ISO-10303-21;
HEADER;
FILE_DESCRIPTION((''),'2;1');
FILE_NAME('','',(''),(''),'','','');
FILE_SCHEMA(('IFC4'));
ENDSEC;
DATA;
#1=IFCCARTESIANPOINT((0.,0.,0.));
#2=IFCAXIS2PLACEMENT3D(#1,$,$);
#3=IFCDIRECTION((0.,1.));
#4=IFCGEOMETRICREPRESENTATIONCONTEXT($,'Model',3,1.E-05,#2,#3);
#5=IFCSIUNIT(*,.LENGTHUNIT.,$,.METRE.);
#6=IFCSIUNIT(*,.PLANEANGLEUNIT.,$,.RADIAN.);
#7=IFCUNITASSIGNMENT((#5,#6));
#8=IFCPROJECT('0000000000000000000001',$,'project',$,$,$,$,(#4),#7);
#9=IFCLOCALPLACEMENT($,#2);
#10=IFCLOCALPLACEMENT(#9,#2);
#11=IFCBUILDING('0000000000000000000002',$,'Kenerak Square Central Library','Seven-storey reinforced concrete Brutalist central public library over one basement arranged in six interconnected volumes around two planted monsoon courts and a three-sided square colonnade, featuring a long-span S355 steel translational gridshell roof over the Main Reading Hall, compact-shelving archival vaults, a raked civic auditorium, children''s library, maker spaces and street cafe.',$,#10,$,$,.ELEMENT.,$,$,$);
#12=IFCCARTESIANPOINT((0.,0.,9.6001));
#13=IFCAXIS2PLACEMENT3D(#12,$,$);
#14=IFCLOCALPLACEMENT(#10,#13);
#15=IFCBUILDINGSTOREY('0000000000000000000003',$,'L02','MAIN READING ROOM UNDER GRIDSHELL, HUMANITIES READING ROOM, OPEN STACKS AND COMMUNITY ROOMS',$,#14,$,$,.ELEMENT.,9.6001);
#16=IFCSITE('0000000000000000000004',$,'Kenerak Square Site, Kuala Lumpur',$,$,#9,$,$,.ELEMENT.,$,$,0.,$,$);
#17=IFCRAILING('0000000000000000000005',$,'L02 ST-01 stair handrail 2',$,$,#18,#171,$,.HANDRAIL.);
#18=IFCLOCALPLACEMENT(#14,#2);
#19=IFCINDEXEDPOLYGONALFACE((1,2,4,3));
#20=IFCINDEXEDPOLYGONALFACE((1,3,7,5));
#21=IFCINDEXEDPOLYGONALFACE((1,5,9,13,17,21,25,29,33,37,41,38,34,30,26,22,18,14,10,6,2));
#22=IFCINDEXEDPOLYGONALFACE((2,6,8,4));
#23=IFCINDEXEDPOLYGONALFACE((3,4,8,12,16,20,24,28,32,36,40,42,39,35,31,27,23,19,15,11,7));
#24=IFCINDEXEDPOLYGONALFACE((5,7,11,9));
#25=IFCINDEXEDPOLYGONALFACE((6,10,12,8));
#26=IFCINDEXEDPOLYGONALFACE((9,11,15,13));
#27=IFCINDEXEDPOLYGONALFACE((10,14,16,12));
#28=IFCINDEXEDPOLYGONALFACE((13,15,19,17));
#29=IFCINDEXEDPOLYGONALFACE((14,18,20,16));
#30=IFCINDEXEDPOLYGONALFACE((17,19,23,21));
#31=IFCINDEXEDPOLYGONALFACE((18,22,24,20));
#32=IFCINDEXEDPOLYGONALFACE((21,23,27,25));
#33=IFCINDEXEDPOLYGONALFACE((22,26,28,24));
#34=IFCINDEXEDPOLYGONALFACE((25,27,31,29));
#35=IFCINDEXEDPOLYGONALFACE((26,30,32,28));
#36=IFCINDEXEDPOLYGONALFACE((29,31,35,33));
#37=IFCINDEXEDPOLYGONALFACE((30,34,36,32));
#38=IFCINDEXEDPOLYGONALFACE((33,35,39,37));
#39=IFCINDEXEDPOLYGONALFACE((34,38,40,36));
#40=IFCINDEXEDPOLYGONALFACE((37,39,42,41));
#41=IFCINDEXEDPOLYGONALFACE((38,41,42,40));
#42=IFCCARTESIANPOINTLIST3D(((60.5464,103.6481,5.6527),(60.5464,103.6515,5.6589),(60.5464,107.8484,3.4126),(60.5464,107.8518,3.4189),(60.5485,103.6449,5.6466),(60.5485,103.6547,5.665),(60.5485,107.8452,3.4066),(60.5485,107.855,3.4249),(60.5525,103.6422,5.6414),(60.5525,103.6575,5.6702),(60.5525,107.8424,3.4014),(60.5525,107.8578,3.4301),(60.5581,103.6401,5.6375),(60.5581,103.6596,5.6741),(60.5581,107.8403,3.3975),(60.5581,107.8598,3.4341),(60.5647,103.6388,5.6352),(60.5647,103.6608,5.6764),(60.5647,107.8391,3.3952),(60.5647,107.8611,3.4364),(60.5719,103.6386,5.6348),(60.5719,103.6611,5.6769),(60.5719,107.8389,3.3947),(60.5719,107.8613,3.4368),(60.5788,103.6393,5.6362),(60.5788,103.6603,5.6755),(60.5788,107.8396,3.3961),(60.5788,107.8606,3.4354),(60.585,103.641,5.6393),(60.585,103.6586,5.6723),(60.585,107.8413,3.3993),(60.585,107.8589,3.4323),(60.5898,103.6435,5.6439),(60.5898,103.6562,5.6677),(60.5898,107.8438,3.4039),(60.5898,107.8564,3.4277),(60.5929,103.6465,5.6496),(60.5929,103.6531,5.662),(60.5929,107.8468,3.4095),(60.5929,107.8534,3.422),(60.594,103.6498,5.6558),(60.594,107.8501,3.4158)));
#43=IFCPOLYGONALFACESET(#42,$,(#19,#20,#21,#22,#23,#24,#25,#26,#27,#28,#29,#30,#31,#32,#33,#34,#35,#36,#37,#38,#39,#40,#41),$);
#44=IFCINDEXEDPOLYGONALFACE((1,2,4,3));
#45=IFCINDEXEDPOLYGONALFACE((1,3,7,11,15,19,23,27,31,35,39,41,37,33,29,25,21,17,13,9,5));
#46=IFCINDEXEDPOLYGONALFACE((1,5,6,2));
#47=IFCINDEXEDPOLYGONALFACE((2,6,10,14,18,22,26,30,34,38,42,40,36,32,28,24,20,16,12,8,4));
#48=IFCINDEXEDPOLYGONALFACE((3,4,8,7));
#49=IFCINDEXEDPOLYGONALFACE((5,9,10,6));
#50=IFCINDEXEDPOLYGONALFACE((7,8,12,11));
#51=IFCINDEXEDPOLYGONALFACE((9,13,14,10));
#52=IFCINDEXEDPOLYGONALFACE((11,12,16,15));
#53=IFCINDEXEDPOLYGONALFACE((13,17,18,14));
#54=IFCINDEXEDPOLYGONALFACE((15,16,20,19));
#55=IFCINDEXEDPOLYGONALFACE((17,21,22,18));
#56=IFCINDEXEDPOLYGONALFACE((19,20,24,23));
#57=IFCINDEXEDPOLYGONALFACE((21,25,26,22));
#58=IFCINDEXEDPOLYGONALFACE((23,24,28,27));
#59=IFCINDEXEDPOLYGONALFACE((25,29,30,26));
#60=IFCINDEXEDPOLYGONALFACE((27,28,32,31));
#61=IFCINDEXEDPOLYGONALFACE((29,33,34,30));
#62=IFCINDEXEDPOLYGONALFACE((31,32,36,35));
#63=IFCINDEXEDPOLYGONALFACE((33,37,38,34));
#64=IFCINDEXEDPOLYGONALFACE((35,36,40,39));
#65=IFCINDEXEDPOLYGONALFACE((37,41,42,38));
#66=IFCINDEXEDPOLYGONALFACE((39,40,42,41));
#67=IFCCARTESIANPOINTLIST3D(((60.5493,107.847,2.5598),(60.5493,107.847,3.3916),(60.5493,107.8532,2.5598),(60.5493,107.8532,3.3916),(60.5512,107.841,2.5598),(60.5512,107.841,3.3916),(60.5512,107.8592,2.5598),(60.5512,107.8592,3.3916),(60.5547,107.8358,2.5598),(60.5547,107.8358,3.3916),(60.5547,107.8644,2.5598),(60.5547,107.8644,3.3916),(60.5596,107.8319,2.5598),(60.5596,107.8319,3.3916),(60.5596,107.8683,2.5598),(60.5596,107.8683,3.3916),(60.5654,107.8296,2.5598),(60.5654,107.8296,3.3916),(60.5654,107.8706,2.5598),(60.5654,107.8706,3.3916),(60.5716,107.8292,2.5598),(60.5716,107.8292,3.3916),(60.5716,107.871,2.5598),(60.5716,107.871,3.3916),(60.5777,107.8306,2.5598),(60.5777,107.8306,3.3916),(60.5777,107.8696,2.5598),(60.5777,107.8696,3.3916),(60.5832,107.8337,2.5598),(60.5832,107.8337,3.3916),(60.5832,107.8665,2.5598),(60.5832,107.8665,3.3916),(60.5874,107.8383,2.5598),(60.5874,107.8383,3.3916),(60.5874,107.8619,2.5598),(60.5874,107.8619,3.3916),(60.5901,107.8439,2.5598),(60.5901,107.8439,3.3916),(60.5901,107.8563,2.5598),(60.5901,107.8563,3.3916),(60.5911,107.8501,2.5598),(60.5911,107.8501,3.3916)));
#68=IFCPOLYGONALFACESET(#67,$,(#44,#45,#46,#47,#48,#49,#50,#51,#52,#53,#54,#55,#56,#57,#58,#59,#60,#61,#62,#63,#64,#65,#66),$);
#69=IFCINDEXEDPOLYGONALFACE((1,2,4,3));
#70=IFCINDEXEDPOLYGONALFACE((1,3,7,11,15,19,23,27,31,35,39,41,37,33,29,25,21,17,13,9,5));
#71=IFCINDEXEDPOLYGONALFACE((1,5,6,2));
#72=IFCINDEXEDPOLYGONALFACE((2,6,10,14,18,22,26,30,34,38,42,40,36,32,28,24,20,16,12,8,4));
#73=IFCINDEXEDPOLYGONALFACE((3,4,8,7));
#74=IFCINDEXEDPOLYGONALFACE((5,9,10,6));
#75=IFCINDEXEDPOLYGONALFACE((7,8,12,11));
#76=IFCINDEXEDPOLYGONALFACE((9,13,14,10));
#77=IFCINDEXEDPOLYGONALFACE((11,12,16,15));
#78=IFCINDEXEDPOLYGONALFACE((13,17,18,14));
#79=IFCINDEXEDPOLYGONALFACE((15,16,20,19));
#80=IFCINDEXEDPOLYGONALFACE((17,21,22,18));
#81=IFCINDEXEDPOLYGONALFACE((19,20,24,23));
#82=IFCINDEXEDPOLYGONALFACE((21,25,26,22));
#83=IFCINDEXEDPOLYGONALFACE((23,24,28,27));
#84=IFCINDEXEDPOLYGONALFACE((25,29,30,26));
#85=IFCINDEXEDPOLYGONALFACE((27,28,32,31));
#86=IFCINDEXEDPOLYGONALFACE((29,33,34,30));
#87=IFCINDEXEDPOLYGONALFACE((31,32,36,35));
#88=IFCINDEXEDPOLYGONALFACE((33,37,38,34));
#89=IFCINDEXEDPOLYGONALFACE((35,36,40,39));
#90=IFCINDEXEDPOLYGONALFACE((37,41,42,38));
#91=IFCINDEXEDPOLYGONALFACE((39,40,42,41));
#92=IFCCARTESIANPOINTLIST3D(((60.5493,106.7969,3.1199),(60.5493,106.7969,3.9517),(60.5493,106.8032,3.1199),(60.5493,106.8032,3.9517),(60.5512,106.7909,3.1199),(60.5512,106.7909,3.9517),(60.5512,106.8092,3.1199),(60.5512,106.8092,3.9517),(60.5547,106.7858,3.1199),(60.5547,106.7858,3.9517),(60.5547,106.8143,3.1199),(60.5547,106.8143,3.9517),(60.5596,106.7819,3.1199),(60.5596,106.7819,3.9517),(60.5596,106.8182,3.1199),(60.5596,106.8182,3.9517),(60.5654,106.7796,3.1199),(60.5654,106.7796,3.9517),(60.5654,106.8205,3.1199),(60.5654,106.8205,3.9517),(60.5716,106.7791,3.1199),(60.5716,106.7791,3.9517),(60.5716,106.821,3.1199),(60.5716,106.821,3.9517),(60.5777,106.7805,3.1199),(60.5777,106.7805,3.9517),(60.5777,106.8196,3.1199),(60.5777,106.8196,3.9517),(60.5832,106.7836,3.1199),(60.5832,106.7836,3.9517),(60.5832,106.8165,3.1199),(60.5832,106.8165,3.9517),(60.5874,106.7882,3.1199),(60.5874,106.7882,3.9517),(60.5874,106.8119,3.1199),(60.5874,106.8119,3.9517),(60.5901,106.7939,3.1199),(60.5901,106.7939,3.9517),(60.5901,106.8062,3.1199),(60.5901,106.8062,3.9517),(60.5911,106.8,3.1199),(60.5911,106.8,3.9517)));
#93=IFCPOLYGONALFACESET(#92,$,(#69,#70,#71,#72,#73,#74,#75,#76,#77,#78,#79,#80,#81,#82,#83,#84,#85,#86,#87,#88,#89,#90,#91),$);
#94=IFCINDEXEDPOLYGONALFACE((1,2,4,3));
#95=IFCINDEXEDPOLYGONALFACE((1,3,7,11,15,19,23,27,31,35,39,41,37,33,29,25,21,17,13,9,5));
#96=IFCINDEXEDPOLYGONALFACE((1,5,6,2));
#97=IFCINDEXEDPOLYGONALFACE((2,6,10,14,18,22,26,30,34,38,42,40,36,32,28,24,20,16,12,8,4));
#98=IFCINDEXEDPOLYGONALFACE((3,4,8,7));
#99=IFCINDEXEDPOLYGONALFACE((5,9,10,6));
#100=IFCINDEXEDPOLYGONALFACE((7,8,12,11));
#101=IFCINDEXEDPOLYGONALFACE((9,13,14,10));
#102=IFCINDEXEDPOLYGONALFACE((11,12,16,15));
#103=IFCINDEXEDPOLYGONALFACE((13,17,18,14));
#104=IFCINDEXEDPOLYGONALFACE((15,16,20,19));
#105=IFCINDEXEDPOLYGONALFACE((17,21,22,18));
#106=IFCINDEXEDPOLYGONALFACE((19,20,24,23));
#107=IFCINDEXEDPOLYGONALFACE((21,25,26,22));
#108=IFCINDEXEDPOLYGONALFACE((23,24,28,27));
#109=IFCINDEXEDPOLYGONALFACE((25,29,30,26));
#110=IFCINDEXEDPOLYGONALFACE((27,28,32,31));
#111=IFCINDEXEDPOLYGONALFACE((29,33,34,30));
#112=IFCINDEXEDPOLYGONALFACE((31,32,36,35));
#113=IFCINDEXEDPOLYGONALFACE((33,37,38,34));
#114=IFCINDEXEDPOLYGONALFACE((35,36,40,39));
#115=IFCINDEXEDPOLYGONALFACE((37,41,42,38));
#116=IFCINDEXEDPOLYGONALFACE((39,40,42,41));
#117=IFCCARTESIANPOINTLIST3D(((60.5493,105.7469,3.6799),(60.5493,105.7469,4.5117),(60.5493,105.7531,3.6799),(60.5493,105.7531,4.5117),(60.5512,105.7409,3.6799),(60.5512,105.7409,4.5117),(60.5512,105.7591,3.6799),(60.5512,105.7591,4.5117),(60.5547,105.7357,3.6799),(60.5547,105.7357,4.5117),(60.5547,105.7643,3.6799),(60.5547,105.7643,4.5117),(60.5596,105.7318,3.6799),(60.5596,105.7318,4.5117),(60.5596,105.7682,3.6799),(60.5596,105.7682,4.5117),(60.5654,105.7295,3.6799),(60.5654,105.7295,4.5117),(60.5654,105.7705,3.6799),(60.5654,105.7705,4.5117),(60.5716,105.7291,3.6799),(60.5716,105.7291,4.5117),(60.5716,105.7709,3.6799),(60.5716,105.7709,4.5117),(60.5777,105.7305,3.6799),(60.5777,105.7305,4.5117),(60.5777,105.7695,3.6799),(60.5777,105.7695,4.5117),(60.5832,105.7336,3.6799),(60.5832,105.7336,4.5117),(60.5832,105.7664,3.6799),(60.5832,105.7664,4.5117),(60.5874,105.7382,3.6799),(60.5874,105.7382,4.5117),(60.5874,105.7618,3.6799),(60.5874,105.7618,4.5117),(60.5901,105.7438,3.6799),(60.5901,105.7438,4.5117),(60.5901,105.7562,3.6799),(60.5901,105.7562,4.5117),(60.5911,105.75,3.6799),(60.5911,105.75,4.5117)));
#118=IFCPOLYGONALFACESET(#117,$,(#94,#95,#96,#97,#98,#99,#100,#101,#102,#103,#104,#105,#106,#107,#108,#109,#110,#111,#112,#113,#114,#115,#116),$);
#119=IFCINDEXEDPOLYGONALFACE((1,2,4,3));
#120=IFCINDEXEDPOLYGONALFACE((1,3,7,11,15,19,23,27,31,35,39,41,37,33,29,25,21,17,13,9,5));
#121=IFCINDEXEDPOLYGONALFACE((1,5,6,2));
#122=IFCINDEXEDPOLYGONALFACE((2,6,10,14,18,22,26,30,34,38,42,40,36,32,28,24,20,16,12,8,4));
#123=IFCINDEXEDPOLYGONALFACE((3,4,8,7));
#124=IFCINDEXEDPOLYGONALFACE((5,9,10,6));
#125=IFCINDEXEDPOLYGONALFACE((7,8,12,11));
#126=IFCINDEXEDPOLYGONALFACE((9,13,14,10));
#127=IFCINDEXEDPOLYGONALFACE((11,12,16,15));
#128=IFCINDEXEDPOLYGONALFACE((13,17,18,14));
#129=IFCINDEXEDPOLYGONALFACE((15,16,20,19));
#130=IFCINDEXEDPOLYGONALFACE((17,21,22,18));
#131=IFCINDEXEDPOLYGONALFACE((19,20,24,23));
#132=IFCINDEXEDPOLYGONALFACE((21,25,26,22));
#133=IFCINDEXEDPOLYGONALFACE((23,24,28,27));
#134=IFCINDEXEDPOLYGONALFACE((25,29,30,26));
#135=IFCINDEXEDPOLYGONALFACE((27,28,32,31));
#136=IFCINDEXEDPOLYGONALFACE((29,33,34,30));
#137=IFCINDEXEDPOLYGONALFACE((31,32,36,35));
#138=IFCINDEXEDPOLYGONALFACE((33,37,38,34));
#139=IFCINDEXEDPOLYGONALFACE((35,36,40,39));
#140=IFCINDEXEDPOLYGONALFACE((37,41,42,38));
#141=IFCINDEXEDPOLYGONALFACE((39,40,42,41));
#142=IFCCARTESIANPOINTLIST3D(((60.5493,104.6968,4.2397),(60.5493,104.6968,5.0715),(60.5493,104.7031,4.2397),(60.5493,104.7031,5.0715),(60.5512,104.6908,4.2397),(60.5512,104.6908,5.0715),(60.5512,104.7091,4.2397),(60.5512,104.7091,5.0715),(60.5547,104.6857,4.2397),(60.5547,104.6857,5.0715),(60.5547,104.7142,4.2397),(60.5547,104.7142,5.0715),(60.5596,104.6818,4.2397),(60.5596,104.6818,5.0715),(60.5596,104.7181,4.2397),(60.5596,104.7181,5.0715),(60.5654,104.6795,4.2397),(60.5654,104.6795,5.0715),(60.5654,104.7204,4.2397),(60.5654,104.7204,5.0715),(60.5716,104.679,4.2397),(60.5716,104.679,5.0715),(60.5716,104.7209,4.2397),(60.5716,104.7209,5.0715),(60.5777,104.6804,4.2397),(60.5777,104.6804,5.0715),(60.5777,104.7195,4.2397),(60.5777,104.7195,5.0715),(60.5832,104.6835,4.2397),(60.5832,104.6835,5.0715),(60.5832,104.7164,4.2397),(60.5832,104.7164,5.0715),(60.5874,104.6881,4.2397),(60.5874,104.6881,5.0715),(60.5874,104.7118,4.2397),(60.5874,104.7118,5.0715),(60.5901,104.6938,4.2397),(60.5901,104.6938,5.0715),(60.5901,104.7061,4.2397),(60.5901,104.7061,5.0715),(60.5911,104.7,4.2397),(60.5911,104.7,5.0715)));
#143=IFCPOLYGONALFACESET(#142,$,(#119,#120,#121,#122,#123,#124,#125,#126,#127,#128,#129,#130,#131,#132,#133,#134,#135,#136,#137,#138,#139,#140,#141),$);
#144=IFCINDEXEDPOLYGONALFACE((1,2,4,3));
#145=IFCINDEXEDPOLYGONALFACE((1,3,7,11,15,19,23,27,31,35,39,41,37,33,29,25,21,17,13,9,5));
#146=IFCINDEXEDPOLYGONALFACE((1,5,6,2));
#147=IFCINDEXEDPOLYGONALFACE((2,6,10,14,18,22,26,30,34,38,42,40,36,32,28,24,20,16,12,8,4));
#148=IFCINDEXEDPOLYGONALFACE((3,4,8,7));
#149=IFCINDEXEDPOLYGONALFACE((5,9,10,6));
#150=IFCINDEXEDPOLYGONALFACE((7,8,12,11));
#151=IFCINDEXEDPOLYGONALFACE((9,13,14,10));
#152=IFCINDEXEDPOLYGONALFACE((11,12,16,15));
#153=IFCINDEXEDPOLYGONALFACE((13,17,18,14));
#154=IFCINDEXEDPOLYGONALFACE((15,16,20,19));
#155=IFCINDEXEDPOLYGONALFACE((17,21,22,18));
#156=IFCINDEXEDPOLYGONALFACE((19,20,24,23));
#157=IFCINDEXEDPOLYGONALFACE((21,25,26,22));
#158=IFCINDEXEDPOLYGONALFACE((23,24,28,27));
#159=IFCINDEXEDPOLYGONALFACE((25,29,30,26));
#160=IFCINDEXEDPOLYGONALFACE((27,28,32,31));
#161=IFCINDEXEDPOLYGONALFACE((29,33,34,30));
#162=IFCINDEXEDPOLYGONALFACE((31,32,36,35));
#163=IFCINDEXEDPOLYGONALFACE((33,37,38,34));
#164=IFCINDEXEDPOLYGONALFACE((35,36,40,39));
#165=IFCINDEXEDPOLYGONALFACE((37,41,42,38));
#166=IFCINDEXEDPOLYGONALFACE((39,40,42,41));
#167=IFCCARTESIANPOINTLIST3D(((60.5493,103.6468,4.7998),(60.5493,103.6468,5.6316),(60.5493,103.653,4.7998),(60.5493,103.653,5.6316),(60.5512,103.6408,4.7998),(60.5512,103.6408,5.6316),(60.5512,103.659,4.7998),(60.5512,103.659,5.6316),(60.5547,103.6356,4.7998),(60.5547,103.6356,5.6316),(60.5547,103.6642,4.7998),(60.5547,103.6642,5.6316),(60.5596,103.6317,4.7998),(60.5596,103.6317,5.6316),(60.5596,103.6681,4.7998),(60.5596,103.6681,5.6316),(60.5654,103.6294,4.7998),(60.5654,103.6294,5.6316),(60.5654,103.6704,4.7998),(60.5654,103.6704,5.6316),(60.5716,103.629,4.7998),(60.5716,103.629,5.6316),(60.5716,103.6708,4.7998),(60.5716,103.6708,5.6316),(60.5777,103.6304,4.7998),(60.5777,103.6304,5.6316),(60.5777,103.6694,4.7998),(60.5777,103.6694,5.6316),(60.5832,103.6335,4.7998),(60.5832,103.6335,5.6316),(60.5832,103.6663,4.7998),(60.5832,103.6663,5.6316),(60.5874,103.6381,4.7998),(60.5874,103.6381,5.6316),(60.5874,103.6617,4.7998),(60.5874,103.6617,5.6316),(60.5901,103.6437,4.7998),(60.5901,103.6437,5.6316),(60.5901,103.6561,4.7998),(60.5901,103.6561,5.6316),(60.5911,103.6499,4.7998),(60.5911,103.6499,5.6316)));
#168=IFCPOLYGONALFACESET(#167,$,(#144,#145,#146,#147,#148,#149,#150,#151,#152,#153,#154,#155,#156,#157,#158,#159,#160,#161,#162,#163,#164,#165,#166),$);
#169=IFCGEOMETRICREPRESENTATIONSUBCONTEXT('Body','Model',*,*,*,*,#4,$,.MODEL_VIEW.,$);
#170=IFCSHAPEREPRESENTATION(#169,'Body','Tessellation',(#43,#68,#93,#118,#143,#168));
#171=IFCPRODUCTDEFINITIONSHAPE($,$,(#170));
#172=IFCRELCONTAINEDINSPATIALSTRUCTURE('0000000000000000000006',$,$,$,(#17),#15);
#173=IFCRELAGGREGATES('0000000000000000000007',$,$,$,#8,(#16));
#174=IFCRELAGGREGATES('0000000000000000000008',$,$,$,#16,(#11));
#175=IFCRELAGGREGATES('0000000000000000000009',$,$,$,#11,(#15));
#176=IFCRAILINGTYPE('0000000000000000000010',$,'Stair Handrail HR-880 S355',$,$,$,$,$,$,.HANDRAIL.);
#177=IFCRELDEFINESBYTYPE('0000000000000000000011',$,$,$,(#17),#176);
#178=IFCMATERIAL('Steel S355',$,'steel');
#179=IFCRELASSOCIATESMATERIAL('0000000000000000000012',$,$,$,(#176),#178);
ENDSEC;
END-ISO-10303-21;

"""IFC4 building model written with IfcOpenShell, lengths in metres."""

from ifc_helpers import new_model, si_unit, direction, frame, origin, origin_2d, place, context, subcontext, project, spatial, circle, extrude, material, type_object, element, save


model = new_model("IFC4")

# Units and contexts
model_context = context("Model", 3, precision=1e-05, world=origin(), true_north=direction((0.0, 1.0)))
body_context = subcontext(model_context, "Body", "Model", "MODEL_VIEW")
ifc_project = project(units=[si_unit("LENGTHUNIT", "METRE"), si_unit("PLANEANGLEUNIT", "RADIAN")], contexts=[model_context])

# Site, building, storey
site_placement = place(None, origin())
site = spatial("IfcSite", under=ifc_project, at=site_placement, Name="Kenerak Square Site, Kuala Lumpur", CompositionType="ELEMENT", RefElevation=0.0)
building_placement = place(site_placement, origin())
building = spatial("IfcBuilding", under=site, at=building_placement, Name="Kenerak Square Central Library", Description="Seven-storey reinforced concrete Brutalist central public library over one basement arranged in six interconnected volumes around two planted monsoon courts and a three-sided square colonnade, featuring a long-span S355 steel translational gridshell roof over the Main Reading Hall, compact-shelving archival vaults, a raked civic auditorium, children's library, maker spaces and street cafe.", CompositionType="ELEMENT")
storey_placement = place(building_placement, frame((0.0, 0.0, 9.6001)))
storey = spatial("IfcBuildingStorey", under=building, at=storey_placement, Name="L02", Description="MAIN READING ROOM UNDER GRIDSHELL, HUMANITIES READING ROOM, OPEN STACKS AND COMMUNITY ROOMS", CompositionType="ELEMENT", Elevation=9.6001)

# Shared definitions
ifc_material_1 = material(Name="Steel S355", Category="steel")

# Railing
railing_type_1 = type_object("IfcRailingType", Name="Stair Handrail HR-880 S355", PredefinedType="HANDRAIL", material=ifc_material_1)
railing_1_placement = place(storey_placement, frame((60.5701, 107.8501, 2.5598)))
element("IfcRailing", 1, at=railing_1_placement, inside=storey, type_object=railing_type_1, Name="L02 ST-01 stair handrail 2", PredefinedType="HANDRAIL", context=body_context, shape_type="SweptSolid", body=[
    extrude(circle(Radius=0.0239, at=origin_2d()), frame((0.0, 0.0, 0.856), z_axis=(0.0, -0.882363, 0.47057), x_axis=(1.0, 0.0, 0.0)), (0.0, 0.0, 1.0), 4.7603),
    extrude(circle(Radius=0.021, at=origin_2d()), origin(), (0.0, 0.0, 1.0), 0.8318),
    extrude(circle(Radius=0.021, at=origin_2d()), frame((0.0, -1.05, 0.5601)), (0.0, 0.0, 1.0), 0.8318),
    extrude(circle(Radius=0.021, at=origin_2d()), frame((0.0, -2.1001, 1.1201)), (0.0, 0.0, 1.0), 0.8318),
    extrude(circle(Radius=0.021, at=origin_2d()), frame((0.0, -3.1501, 1.6799)), (0.0, 0.0, 1.0), 0.8318),
    extrude(circle(Radius=0.021, at=origin_2d()), frame((0.0, -4.2002, 2.24)), (0.0, 0.0, 1.0), 0.8318),
])

save(model, "model.ifc")
